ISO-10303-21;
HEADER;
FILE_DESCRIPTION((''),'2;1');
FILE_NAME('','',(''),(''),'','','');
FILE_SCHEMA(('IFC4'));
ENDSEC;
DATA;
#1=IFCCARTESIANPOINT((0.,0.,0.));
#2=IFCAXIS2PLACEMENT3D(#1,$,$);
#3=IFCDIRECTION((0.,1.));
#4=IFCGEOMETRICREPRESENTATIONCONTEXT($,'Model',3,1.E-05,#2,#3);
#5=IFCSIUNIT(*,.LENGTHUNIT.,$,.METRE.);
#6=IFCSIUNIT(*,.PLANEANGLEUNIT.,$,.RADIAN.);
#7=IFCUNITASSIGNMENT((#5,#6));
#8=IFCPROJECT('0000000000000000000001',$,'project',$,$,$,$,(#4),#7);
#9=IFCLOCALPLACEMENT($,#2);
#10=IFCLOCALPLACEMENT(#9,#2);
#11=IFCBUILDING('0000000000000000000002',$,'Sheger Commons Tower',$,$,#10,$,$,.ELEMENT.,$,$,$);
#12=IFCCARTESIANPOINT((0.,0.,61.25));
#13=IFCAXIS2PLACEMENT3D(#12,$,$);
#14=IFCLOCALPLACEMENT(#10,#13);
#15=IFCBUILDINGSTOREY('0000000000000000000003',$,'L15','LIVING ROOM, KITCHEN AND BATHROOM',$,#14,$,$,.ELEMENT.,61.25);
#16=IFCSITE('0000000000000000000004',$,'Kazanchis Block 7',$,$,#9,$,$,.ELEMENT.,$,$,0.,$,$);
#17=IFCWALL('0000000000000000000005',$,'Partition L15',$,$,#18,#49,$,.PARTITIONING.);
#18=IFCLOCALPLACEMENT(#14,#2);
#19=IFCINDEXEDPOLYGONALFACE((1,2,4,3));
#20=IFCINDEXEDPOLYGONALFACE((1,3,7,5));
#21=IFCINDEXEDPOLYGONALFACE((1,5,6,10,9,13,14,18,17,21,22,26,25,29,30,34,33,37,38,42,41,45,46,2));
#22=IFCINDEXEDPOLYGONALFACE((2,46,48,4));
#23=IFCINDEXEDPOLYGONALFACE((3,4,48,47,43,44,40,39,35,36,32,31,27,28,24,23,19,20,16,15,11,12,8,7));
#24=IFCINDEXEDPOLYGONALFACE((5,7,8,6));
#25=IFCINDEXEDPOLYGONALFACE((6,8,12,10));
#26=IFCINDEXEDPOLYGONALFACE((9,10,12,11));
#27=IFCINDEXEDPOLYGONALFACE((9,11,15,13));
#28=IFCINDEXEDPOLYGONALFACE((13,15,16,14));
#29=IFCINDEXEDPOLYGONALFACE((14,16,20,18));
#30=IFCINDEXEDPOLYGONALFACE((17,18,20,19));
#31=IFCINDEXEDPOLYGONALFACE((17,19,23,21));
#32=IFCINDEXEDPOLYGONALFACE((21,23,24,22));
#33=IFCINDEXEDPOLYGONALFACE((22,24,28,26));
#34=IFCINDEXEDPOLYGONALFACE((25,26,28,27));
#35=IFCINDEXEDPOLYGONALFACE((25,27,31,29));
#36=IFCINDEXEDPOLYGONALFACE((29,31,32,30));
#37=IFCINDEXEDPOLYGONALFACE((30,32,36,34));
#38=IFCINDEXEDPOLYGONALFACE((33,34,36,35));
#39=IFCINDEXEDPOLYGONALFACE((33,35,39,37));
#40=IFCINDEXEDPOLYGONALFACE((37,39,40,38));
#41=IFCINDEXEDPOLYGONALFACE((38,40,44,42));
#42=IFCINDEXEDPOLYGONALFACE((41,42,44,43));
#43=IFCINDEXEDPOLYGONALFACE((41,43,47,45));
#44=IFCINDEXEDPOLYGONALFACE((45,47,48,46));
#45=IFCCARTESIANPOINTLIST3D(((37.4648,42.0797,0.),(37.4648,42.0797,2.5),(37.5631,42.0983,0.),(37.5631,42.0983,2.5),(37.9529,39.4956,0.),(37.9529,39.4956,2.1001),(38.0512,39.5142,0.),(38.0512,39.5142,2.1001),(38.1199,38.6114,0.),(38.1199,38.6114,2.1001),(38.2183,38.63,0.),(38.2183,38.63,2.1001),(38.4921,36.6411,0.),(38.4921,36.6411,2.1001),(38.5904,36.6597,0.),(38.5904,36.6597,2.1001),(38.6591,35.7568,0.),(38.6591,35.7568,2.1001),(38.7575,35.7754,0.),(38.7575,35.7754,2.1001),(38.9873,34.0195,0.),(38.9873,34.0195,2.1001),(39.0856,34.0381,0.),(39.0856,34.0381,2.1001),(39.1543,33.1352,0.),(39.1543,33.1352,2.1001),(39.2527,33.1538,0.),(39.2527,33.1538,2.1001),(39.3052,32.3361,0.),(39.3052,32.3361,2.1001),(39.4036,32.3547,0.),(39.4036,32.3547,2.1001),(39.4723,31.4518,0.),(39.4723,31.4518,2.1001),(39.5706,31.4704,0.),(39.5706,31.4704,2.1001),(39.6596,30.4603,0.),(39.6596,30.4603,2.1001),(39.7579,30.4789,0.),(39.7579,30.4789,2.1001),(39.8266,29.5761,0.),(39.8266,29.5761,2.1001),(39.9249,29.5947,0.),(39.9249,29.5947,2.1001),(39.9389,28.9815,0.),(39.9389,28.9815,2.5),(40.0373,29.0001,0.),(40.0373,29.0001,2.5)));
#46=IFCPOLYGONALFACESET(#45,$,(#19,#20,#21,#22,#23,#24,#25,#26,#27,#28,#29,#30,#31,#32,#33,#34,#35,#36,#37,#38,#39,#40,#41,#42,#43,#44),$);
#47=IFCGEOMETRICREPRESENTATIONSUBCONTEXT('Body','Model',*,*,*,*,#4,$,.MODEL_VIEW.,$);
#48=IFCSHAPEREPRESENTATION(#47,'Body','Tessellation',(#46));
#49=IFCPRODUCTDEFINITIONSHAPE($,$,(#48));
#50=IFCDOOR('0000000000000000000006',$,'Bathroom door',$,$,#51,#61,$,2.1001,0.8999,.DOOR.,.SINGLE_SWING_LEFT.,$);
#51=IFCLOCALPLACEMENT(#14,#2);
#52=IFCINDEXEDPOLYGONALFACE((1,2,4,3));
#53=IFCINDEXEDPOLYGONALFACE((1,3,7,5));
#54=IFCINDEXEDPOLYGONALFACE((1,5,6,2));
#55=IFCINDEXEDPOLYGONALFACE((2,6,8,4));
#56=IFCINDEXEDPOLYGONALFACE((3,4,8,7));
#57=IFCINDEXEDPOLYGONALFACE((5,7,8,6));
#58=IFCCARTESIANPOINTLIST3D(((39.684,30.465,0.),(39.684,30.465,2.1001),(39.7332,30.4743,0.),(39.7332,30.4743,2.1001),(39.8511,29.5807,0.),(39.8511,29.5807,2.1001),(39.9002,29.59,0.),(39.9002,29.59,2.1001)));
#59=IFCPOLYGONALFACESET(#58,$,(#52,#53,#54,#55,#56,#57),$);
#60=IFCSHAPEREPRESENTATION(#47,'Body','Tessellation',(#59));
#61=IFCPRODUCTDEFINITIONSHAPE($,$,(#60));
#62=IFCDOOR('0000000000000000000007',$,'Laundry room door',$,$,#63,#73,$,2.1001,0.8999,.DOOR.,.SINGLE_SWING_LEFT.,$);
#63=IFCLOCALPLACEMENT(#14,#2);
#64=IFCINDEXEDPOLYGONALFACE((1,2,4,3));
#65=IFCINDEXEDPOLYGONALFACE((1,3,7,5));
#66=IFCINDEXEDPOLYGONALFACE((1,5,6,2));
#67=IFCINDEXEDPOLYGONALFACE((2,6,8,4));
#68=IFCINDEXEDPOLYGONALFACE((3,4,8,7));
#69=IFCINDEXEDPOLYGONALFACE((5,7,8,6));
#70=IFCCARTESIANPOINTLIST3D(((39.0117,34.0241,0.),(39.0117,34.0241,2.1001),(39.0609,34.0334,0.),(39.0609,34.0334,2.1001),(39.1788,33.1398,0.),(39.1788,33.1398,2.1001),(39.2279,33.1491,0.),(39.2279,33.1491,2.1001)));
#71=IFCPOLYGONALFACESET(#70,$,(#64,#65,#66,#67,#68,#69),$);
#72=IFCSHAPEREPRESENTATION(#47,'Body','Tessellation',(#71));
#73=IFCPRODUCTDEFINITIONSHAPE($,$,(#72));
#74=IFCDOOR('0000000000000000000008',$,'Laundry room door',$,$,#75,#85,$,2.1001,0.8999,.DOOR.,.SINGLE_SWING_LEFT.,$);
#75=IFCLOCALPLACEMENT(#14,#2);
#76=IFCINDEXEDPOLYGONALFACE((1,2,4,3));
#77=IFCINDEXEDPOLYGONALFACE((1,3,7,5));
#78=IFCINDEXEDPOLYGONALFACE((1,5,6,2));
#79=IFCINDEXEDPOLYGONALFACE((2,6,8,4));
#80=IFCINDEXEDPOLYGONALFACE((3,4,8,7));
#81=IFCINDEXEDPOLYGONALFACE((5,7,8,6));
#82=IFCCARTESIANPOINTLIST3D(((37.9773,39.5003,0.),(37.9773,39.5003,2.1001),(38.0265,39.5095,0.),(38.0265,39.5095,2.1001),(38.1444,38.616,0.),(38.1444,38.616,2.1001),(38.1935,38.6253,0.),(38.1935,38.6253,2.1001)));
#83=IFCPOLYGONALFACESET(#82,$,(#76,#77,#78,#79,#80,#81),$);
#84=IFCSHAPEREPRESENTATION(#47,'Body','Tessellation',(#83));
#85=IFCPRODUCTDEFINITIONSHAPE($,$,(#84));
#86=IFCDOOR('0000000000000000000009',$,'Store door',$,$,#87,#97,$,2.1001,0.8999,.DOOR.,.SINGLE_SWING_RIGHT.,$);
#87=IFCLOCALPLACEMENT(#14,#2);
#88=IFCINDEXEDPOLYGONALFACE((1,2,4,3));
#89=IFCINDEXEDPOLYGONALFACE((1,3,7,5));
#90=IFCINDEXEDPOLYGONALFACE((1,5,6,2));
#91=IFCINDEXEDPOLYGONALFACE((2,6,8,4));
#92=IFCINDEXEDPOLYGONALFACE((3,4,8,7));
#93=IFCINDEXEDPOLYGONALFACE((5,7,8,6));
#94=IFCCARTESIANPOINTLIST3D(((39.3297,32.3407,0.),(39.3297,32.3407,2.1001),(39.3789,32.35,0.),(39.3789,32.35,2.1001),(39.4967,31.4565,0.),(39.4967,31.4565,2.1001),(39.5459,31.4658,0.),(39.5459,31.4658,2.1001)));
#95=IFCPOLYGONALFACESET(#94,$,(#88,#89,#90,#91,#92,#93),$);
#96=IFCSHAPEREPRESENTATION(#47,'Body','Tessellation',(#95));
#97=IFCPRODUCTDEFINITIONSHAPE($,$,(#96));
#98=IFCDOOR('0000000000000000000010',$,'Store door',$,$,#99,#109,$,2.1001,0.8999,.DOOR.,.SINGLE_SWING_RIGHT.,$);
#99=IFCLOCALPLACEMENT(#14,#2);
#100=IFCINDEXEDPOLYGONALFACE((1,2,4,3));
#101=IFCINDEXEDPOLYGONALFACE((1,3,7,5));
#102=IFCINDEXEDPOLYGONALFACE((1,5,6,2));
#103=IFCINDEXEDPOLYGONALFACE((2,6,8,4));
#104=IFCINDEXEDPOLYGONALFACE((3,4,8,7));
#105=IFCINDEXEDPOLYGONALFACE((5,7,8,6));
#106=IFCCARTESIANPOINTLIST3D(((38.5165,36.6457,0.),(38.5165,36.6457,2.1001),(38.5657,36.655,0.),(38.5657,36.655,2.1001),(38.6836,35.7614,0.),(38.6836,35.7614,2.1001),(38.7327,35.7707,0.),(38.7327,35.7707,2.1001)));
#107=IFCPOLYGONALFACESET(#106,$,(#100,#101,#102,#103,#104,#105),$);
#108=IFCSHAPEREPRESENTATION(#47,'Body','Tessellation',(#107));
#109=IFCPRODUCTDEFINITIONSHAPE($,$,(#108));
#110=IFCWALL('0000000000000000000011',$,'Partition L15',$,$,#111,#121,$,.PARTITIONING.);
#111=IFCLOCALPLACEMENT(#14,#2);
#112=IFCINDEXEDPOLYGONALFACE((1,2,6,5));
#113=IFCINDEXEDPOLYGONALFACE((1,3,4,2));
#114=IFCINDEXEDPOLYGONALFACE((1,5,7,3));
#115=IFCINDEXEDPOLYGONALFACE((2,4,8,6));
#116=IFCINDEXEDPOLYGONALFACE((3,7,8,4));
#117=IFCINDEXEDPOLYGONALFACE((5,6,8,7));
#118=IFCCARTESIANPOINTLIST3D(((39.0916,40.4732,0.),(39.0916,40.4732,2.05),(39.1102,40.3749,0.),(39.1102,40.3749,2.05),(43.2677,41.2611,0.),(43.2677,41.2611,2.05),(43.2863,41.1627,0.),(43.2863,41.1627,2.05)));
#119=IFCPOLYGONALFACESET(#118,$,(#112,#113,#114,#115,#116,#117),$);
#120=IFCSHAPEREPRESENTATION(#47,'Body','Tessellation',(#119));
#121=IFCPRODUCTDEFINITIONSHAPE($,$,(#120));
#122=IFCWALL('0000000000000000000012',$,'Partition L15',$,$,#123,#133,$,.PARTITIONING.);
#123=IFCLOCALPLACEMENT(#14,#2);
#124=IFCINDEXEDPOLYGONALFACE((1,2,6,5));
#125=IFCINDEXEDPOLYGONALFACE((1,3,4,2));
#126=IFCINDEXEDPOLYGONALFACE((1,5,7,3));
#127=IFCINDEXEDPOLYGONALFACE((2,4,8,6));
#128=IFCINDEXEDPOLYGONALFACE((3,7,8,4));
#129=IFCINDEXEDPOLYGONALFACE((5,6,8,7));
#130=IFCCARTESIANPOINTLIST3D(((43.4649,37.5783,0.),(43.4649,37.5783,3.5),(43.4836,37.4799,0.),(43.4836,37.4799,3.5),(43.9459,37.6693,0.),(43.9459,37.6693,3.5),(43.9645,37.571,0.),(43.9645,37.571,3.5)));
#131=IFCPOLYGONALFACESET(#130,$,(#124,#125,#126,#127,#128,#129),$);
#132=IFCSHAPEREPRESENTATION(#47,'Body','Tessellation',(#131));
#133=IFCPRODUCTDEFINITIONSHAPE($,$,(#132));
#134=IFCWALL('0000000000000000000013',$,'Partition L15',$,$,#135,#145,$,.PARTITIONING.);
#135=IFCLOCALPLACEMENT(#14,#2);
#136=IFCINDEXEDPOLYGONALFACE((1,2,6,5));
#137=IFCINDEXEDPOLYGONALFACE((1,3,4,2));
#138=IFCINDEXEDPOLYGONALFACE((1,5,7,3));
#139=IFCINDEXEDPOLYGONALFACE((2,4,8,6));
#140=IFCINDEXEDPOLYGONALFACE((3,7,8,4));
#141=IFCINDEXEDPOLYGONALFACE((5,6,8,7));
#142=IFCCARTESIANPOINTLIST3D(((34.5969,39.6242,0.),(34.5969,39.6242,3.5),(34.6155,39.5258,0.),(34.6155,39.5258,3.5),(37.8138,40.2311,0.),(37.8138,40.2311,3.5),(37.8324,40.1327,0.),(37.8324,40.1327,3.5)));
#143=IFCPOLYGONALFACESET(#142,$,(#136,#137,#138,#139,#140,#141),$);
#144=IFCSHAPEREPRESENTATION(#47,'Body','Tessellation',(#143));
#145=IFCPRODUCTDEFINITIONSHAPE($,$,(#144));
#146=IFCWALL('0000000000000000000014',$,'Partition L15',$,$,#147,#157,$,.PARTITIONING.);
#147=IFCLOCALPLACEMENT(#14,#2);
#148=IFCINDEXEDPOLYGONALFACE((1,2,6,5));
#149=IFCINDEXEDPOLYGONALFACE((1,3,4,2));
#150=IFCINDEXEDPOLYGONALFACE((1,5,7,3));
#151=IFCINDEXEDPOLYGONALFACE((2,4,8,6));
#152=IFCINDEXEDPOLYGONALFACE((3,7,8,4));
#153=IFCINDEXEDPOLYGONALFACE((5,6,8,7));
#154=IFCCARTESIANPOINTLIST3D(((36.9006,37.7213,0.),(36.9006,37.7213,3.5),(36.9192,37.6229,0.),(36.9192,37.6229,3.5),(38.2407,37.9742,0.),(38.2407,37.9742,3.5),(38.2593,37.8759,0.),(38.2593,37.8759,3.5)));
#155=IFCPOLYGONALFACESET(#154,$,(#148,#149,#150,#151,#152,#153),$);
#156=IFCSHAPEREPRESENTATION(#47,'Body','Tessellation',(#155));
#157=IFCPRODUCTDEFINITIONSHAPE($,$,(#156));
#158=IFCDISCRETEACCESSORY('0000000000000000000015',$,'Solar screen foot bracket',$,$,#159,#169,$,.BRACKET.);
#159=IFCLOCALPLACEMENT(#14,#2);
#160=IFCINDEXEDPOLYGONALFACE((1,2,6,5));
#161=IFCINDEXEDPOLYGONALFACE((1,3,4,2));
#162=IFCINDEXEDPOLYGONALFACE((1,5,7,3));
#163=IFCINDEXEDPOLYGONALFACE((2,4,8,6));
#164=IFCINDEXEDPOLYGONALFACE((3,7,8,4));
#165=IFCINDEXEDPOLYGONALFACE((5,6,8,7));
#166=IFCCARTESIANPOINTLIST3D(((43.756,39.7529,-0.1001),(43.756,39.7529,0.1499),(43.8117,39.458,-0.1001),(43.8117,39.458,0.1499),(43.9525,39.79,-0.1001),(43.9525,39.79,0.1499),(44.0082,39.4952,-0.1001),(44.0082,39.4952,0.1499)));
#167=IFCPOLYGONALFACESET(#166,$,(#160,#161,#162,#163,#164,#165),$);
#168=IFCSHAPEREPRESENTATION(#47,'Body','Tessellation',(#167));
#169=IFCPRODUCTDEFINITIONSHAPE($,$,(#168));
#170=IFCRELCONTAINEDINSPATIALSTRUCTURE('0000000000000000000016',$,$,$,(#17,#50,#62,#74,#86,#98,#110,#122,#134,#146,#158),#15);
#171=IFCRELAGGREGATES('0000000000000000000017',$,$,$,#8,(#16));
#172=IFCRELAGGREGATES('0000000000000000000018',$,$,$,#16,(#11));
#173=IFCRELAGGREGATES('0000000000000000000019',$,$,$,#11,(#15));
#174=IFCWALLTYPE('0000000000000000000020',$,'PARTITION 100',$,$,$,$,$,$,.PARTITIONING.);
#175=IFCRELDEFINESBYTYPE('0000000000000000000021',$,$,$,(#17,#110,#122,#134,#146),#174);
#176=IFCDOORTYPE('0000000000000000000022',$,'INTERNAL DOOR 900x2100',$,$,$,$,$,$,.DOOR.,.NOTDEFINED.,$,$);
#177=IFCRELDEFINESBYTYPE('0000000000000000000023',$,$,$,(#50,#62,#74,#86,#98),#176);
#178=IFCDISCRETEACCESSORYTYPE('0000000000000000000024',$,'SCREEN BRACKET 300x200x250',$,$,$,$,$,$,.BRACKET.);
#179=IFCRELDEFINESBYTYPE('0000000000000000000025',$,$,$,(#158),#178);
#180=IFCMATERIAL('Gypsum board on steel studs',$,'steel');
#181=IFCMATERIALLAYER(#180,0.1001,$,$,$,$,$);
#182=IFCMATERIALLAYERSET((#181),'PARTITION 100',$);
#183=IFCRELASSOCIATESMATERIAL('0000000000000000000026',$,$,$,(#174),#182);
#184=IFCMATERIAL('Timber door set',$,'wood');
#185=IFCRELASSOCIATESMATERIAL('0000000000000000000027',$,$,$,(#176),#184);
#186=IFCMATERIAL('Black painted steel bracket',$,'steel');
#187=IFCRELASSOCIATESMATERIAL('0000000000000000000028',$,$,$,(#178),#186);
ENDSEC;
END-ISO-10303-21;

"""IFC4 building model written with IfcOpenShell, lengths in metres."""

from ifc_helpers import new_model, si_unit, direction, frame, frame_2d, origin, origin_2d, place, context, subcontext, project, spatial, rectangle, extrude, material, layer, layer_set, type_object, element, fill, save


model = new_model("IFC4")

# Units and contexts
model_context = context("Model", 3, precision=1e-05, world=origin(), true_north=direction((0.0, 1.0)))
body_context = subcontext(model_context, "Body", "Model", "MODEL_VIEW")
ifc_project = project(units=[si_unit("LENGTHUNIT", "METRE"), si_unit("PLANEANGLEUNIT", "RADIAN")], contexts=[model_context])

# Site, building, storey
site_placement = place(None, origin())
site = spatial("IfcSite", under=ifc_project, at=site_placement, Name="Kazanchis Block 7", CompositionType="ELEMENT", RefElevation=0.0)
building_placement = place(site_placement, origin())
building = spatial("IfcBuilding", under=site, at=building_placement, Name="Sheger Commons Tower", CompositionType="ELEMENT")
storey_placement = place(building_placement, frame((0.0, 0.0, 61.25)))
storey = spatial("IfcBuildingStorey", under=building, at=storey_placement, Name="L15", Description="LIVING ROOM, KITCHEN AND BATHROOM", CompositionType="ELEMENT", Elevation=61.25)

# Shared definitions
ifc_material_1 = material(Name="Gypsum board on steel studs", Category="steel")
ifc_layer_1 = layer(ifc_material_1, 0.1001)
ifc_layer_set_1 = layer_set([ifc_layer_1], Name="PARTITION 100")
wall_type = type_object("IfcWallType", Name="PARTITION 100", PredefinedType="PARTITIONING", material=ifc_layer_set_1)

# Shared definitions
ifc_material_2 = material(Name="Timber door set", Category="wood")
door_type = type_object("IfcDoorType", Name="INTERNAL DOOR 900x2100", OperationType="NOTDEFINED", PredefinedType="DOOR", material=ifc_material_2)

# Wall, openings, doors
wall_1_placement = place(storey_placement, frame((37.5139, 42.0891, 0.0), z_axis=(0.0, 0.0, 1.0), x_axis=(0.185609, -0.982624, 0.0)))
wall_1 = element("IfcWall", 1, at=wall_1_placement, inside=storey, type_object=wall_type, Name="Partition L15", PredefinedType="PARTITIONING", context=body_context, shape_type="SweptSolid", body=[
    extrude(rectangle(XDim=13.3298, YDim=0.1001, at=frame_2d((6.665, 0.0))), origin(), (0.0, 0.0, 1.0), 2.5),
])
opening_1_placement = place(wall_1_placement, frame((11.825, 0.0, 0.0)))
opening_1 = element("IfcOpeningElement", 2, at=opening_1_placement, cuts=wall_1, PredefinedType="OPENING", context=body_context, shape_type="SweptSolid", body=[
    extrude(rectangle(XDim=0.8999, YDim=2.1001, at=frame_2d((0.45, 1.05))), frame((0.0, 0.0601, 0.0), z_axis=(0.0, -1.0, 0.0), x_axis=(1.0, 0.0, 0.0)), (0.0, 0.0, 1.0), 0.1201),
])
opening_2_placement = place(wall_1_placement, frame((8.2029, 0.0, 0.0)))
opening_2 = element("IfcOpeningElement", 3, at=opening_2_placement, cuts=wall_1, PredefinedType="OPENING", context=body_context, shape_type="SweptSolid", body=[
    extrude(rectangle(XDim=0.8999, YDim=2.1001, at=frame_2d((0.45, 1.05))), frame((0.0, 0.0601, 0.0), z_axis=(0.0, -1.0, 0.0), x_axis=(1.0, 0.0, 0.0)), (0.0, 0.0, 1.0), 0.1201),
])
opening_3_placement = place(wall_1_placement, frame((2.6299, 0.0, 0.0)))
opening_3 = element("IfcOpeningElement", 4, at=opening_3_placement, cuts=wall_1, PredefinedType="OPENING", context=body_context, shape_type="SweptSolid", body=[
    extrude(rectangle(XDim=0.8999, YDim=2.1001, at=frame_2d((0.45, 1.05))), frame((0.0, 0.0601, 0.0), z_axis=(0.0, -1.0, 0.0), x_axis=(1.0, 0.0, 0.0)), (0.0, 0.0, 1.0), 0.1201),
])
opening_4_placement = place(wall_1_placement, frame((9.916, 0.0, 0.0)))
opening_4 = element("IfcOpeningElement", 5, at=opening_4_placement, cuts=wall_1, PredefinedType="OPENING", context=body_context, shape_type="SweptSolid", body=[
    extrude(rectangle(XDim=0.8999, YDim=2.1001, at=frame_2d((0.45, 1.05))), frame((0.0, 0.0601, 0.0), z_axis=(0.0, -1.0, 0.0), x_axis=(1.0, 0.0, 0.0)), (0.0, 0.0, 1.0), 0.1201),
])
opening_5_placement = place(wall_1_placement, frame((5.5349, 0.0, 0.0)))
opening_5 = element("IfcOpeningElement", 6, at=opening_5_placement, cuts=wall_1, PredefinedType="OPENING", context=body_context, shape_type="SweptSolid", body=[
    extrude(rectangle(XDim=0.8999, YDim=2.1001, at=frame_2d((0.45, 1.05))), frame((0.0, 0.0601, 0.0), z_axis=(0.0, -1.0, 0.0), x_axis=(1.0, 0.0, 0.0)), (0.0, 0.0, 1.0), 0.1201),
])
door_1_placement = place(opening_1_placement, origin())
door_1 = element("IfcDoor", 7, at=door_1_placement, inside=storey, type_object=door_type, Name="Bathroom door", OperationType="SINGLE_SWING_LEFT", OverallHeight=2.1001, OverallWidth=0.8999, PredefinedType="DOOR", context=body_context, shape_type="SweptSolid", body=[
    extrude(rectangle(XDim=0.8999, YDim=2.1001, at=frame_2d((0.45, 1.05))), frame((0.0, 0.0249, 0.0), z_axis=(0.0, -1.0, 0.0), x_axis=(1.0, 0.0, 0.0)), (0.0, 0.0, 1.0), 0.05),
])
fill(opening_1, door_1)
door_2_placement = place(opening_2_placement, origin())
door_2 = element("IfcDoor", 8, at=door_2_placement, inside=storey, type_object=door_type, Name="Laundry room door", OperationType="SINGLE_SWING_LEFT", OverallHeight=2.1001, OverallWidth=0.8999, PredefinedType="DOOR", context=body_context, shape_type="SweptSolid", body=[
    extrude(rectangle(XDim=0.8999, YDim=2.1001, at=frame_2d((0.45, 1.05))), frame((0.0, 0.0249, 0.0), z_axis=(0.0, -1.0, 0.0), x_axis=(1.0, 0.0, 0.0)), (0.0, 0.0, 1.0), 0.05),
])
fill(opening_2, door_2)
door_3_placement = place(opening_3_placement, origin())
door_3 = element("IfcDoor", 9, at=door_3_placement, inside=storey, type_object=door_type, Name="Laundry room door", OperationType="SINGLE_SWING_LEFT", OverallHeight=2.1001, OverallWidth=0.8999, PredefinedType="DOOR", context=body_context, shape_type="SweptSolid", body=[
    extrude(rectangle(XDim=0.8999, YDim=2.1001, at=frame_2d((0.45, 1.05))), frame((0.0, 0.0249, 0.0), z_axis=(0.0, -1.0, 0.0), x_axis=(1.0, 0.0, 0.0)), (0.0, 0.0, 1.0), 0.05),
])
fill(opening_3, door_3)
door_4_placement = place(opening_4_placement, origin())
door_4 = element("IfcDoor", 10, at=door_4_placement, inside=storey, type_object=door_type, Name="Store door", OperationType="SINGLE_SWING_RIGHT", OverallHeight=2.1001, OverallWidth=0.8999, PredefinedType="DOOR", context=body_context, shape_type="SweptSolid", body=[
    extrude(rectangle(XDim=0.8999, YDim=2.1001, at=frame_2d((0.45, 1.05))), frame((0.0, 0.0249, 0.0), z_axis=(0.0, -1.0, 0.0), x_axis=(1.0, 0.0, 0.0)), (0.0, 0.0, 1.0), 0.05),
])
fill(opening_4, door_4)
door_5_placement = place(opening_5_placement, origin())
door_5 = element("IfcDoor", 11, at=door_5_placement, inside=storey, type_object=door_type, Name="Store door", OperationType="SINGLE_SWING_RIGHT", OverallHeight=2.1001, OverallWidth=0.8999, PredefinedType="DOOR", context=body_context, shape_type="SweptSolid", body=[
    extrude(rectangle(XDim=0.8999, YDim=2.1001, at=frame_2d((0.45, 1.05))), frame((0.0, 0.0249, 0.0), z_axis=(0.0, -1.0, 0.0), x_axis=(1.0, 0.0, 0.0)), (0.0, 0.0, 1.0), 0.05),
])
fill(opening_5, door_5)

# Walls
wall_2_placement = place(storey_placement, frame((43.2771, 41.2119, 0.0), z_axis=(0.0, 0.0, 1.0), x_axis=(-0.982665, -0.185388, 0.0)))
element("IfcWall", 12, at=wall_2_placement, inside=storey, type_object=wall_type, Name="Partition L15", PredefinedType="PARTITIONING", context=body_context, shape_type="SweptSolid", body=[
    extrude(rectangle(XDim=4.2498, YDim=0.1001, at=frame_2d((2.125, 0.0))), origin(), (0.0, 0.0, 1.0), 2.05),
])
wall_3_placement = place(storey_placement, frame((43.9551, 37.6201, 0.0), z_axis=(0.0, 0.0, 1.0), x_axis=(-0.982543, -0.186035, 0.0)))
element("IfcWall", 13, at=wall_3_placement, inside=storey, type_object=wall_type, Name="Partition L15", PredefinedType="PARTITIONING", context=body_context, shape_type="SweptSolid", body=[
    extrude(rectangle(XDim=0.4895, YDim=0.1001, at=frame_2d((0.2446, 0.0))), origin(), (0.0, 0.0, 1.0), 3.5),
])
wall_4_placement = place(storey_placement, frame((37.823, 40.1819, 0.0), z_axis=(0.0, 0.0, 1.0), x_axis=(-0.982665, -0.185392, 0.0)))
element("IfcWall", 14, at=wall_4_placement, inside=storey, type_object=wall_type, Name="Partition L15", PredefinedType="PARTITIONING", context=body_context, shape_type="SweptSolid", body=[
    extrude(rectangle(XDim=3.2737, YDim=0.1001, at=frame_2d((1.6367, 0.0))), origin(), (0.0, 0.0, 1.0), 3.5),
])
wall_5_placement = place(storey_placement, frame((38.25, 37.925, 0.0), z_axis=(0.0, 0.0, 1.0), x_axis=(-0.982651, -0.185467, 0.0)))
element("IfcWall", 15, at=wall_5_placement, inside=storey, type_object=wall_type, Name="Partition L15", PredefinedType="PARTITIONING", context=body_context, shape_type="SweptSolid", body=[
    extrude(rectangle(XDim=1.3638, YDim=0.1001, at=frame_2d((0.6819, 0.0))), origin(), (0.0, 0.0, 1.0), 3.5),
])

# Discrete accessory
ifc_material_3 = material(Name="Black painted steel bracket", Category="steel")
discrete_accessory_type = type_object("IfcDiscreteAccessoryType", Name="SCREEN BRACKET 300x200x250", PredefinedType="BRACKET", material=ifc_material_3)
for number, where, z_axis, x_axis, name in (
    (16, (43.8821, 39.624, -0.1001), (0.0, 0.0, 1.0), (-0.185615, 0.982623, 0.0), "Solar screen foot bracket"),
):
    element("IfcDiscreteAccessory", number, at=place(storey_placement, frame(where, z_axis=z_axis, x_axis=x_axis)), inside=storey, type_object=discrete_accessory_type, Name=name, PredefinedType="BRACKET", context=body_context, shape_type="SweptSolid", body=[
        extrude(rectangle(XDim=0.3, YDim=0.2, at=origin_2d()), origin(), (0.0, 0.0, 1.0), 0.25),
    ])

save(model, "model.ifc")
